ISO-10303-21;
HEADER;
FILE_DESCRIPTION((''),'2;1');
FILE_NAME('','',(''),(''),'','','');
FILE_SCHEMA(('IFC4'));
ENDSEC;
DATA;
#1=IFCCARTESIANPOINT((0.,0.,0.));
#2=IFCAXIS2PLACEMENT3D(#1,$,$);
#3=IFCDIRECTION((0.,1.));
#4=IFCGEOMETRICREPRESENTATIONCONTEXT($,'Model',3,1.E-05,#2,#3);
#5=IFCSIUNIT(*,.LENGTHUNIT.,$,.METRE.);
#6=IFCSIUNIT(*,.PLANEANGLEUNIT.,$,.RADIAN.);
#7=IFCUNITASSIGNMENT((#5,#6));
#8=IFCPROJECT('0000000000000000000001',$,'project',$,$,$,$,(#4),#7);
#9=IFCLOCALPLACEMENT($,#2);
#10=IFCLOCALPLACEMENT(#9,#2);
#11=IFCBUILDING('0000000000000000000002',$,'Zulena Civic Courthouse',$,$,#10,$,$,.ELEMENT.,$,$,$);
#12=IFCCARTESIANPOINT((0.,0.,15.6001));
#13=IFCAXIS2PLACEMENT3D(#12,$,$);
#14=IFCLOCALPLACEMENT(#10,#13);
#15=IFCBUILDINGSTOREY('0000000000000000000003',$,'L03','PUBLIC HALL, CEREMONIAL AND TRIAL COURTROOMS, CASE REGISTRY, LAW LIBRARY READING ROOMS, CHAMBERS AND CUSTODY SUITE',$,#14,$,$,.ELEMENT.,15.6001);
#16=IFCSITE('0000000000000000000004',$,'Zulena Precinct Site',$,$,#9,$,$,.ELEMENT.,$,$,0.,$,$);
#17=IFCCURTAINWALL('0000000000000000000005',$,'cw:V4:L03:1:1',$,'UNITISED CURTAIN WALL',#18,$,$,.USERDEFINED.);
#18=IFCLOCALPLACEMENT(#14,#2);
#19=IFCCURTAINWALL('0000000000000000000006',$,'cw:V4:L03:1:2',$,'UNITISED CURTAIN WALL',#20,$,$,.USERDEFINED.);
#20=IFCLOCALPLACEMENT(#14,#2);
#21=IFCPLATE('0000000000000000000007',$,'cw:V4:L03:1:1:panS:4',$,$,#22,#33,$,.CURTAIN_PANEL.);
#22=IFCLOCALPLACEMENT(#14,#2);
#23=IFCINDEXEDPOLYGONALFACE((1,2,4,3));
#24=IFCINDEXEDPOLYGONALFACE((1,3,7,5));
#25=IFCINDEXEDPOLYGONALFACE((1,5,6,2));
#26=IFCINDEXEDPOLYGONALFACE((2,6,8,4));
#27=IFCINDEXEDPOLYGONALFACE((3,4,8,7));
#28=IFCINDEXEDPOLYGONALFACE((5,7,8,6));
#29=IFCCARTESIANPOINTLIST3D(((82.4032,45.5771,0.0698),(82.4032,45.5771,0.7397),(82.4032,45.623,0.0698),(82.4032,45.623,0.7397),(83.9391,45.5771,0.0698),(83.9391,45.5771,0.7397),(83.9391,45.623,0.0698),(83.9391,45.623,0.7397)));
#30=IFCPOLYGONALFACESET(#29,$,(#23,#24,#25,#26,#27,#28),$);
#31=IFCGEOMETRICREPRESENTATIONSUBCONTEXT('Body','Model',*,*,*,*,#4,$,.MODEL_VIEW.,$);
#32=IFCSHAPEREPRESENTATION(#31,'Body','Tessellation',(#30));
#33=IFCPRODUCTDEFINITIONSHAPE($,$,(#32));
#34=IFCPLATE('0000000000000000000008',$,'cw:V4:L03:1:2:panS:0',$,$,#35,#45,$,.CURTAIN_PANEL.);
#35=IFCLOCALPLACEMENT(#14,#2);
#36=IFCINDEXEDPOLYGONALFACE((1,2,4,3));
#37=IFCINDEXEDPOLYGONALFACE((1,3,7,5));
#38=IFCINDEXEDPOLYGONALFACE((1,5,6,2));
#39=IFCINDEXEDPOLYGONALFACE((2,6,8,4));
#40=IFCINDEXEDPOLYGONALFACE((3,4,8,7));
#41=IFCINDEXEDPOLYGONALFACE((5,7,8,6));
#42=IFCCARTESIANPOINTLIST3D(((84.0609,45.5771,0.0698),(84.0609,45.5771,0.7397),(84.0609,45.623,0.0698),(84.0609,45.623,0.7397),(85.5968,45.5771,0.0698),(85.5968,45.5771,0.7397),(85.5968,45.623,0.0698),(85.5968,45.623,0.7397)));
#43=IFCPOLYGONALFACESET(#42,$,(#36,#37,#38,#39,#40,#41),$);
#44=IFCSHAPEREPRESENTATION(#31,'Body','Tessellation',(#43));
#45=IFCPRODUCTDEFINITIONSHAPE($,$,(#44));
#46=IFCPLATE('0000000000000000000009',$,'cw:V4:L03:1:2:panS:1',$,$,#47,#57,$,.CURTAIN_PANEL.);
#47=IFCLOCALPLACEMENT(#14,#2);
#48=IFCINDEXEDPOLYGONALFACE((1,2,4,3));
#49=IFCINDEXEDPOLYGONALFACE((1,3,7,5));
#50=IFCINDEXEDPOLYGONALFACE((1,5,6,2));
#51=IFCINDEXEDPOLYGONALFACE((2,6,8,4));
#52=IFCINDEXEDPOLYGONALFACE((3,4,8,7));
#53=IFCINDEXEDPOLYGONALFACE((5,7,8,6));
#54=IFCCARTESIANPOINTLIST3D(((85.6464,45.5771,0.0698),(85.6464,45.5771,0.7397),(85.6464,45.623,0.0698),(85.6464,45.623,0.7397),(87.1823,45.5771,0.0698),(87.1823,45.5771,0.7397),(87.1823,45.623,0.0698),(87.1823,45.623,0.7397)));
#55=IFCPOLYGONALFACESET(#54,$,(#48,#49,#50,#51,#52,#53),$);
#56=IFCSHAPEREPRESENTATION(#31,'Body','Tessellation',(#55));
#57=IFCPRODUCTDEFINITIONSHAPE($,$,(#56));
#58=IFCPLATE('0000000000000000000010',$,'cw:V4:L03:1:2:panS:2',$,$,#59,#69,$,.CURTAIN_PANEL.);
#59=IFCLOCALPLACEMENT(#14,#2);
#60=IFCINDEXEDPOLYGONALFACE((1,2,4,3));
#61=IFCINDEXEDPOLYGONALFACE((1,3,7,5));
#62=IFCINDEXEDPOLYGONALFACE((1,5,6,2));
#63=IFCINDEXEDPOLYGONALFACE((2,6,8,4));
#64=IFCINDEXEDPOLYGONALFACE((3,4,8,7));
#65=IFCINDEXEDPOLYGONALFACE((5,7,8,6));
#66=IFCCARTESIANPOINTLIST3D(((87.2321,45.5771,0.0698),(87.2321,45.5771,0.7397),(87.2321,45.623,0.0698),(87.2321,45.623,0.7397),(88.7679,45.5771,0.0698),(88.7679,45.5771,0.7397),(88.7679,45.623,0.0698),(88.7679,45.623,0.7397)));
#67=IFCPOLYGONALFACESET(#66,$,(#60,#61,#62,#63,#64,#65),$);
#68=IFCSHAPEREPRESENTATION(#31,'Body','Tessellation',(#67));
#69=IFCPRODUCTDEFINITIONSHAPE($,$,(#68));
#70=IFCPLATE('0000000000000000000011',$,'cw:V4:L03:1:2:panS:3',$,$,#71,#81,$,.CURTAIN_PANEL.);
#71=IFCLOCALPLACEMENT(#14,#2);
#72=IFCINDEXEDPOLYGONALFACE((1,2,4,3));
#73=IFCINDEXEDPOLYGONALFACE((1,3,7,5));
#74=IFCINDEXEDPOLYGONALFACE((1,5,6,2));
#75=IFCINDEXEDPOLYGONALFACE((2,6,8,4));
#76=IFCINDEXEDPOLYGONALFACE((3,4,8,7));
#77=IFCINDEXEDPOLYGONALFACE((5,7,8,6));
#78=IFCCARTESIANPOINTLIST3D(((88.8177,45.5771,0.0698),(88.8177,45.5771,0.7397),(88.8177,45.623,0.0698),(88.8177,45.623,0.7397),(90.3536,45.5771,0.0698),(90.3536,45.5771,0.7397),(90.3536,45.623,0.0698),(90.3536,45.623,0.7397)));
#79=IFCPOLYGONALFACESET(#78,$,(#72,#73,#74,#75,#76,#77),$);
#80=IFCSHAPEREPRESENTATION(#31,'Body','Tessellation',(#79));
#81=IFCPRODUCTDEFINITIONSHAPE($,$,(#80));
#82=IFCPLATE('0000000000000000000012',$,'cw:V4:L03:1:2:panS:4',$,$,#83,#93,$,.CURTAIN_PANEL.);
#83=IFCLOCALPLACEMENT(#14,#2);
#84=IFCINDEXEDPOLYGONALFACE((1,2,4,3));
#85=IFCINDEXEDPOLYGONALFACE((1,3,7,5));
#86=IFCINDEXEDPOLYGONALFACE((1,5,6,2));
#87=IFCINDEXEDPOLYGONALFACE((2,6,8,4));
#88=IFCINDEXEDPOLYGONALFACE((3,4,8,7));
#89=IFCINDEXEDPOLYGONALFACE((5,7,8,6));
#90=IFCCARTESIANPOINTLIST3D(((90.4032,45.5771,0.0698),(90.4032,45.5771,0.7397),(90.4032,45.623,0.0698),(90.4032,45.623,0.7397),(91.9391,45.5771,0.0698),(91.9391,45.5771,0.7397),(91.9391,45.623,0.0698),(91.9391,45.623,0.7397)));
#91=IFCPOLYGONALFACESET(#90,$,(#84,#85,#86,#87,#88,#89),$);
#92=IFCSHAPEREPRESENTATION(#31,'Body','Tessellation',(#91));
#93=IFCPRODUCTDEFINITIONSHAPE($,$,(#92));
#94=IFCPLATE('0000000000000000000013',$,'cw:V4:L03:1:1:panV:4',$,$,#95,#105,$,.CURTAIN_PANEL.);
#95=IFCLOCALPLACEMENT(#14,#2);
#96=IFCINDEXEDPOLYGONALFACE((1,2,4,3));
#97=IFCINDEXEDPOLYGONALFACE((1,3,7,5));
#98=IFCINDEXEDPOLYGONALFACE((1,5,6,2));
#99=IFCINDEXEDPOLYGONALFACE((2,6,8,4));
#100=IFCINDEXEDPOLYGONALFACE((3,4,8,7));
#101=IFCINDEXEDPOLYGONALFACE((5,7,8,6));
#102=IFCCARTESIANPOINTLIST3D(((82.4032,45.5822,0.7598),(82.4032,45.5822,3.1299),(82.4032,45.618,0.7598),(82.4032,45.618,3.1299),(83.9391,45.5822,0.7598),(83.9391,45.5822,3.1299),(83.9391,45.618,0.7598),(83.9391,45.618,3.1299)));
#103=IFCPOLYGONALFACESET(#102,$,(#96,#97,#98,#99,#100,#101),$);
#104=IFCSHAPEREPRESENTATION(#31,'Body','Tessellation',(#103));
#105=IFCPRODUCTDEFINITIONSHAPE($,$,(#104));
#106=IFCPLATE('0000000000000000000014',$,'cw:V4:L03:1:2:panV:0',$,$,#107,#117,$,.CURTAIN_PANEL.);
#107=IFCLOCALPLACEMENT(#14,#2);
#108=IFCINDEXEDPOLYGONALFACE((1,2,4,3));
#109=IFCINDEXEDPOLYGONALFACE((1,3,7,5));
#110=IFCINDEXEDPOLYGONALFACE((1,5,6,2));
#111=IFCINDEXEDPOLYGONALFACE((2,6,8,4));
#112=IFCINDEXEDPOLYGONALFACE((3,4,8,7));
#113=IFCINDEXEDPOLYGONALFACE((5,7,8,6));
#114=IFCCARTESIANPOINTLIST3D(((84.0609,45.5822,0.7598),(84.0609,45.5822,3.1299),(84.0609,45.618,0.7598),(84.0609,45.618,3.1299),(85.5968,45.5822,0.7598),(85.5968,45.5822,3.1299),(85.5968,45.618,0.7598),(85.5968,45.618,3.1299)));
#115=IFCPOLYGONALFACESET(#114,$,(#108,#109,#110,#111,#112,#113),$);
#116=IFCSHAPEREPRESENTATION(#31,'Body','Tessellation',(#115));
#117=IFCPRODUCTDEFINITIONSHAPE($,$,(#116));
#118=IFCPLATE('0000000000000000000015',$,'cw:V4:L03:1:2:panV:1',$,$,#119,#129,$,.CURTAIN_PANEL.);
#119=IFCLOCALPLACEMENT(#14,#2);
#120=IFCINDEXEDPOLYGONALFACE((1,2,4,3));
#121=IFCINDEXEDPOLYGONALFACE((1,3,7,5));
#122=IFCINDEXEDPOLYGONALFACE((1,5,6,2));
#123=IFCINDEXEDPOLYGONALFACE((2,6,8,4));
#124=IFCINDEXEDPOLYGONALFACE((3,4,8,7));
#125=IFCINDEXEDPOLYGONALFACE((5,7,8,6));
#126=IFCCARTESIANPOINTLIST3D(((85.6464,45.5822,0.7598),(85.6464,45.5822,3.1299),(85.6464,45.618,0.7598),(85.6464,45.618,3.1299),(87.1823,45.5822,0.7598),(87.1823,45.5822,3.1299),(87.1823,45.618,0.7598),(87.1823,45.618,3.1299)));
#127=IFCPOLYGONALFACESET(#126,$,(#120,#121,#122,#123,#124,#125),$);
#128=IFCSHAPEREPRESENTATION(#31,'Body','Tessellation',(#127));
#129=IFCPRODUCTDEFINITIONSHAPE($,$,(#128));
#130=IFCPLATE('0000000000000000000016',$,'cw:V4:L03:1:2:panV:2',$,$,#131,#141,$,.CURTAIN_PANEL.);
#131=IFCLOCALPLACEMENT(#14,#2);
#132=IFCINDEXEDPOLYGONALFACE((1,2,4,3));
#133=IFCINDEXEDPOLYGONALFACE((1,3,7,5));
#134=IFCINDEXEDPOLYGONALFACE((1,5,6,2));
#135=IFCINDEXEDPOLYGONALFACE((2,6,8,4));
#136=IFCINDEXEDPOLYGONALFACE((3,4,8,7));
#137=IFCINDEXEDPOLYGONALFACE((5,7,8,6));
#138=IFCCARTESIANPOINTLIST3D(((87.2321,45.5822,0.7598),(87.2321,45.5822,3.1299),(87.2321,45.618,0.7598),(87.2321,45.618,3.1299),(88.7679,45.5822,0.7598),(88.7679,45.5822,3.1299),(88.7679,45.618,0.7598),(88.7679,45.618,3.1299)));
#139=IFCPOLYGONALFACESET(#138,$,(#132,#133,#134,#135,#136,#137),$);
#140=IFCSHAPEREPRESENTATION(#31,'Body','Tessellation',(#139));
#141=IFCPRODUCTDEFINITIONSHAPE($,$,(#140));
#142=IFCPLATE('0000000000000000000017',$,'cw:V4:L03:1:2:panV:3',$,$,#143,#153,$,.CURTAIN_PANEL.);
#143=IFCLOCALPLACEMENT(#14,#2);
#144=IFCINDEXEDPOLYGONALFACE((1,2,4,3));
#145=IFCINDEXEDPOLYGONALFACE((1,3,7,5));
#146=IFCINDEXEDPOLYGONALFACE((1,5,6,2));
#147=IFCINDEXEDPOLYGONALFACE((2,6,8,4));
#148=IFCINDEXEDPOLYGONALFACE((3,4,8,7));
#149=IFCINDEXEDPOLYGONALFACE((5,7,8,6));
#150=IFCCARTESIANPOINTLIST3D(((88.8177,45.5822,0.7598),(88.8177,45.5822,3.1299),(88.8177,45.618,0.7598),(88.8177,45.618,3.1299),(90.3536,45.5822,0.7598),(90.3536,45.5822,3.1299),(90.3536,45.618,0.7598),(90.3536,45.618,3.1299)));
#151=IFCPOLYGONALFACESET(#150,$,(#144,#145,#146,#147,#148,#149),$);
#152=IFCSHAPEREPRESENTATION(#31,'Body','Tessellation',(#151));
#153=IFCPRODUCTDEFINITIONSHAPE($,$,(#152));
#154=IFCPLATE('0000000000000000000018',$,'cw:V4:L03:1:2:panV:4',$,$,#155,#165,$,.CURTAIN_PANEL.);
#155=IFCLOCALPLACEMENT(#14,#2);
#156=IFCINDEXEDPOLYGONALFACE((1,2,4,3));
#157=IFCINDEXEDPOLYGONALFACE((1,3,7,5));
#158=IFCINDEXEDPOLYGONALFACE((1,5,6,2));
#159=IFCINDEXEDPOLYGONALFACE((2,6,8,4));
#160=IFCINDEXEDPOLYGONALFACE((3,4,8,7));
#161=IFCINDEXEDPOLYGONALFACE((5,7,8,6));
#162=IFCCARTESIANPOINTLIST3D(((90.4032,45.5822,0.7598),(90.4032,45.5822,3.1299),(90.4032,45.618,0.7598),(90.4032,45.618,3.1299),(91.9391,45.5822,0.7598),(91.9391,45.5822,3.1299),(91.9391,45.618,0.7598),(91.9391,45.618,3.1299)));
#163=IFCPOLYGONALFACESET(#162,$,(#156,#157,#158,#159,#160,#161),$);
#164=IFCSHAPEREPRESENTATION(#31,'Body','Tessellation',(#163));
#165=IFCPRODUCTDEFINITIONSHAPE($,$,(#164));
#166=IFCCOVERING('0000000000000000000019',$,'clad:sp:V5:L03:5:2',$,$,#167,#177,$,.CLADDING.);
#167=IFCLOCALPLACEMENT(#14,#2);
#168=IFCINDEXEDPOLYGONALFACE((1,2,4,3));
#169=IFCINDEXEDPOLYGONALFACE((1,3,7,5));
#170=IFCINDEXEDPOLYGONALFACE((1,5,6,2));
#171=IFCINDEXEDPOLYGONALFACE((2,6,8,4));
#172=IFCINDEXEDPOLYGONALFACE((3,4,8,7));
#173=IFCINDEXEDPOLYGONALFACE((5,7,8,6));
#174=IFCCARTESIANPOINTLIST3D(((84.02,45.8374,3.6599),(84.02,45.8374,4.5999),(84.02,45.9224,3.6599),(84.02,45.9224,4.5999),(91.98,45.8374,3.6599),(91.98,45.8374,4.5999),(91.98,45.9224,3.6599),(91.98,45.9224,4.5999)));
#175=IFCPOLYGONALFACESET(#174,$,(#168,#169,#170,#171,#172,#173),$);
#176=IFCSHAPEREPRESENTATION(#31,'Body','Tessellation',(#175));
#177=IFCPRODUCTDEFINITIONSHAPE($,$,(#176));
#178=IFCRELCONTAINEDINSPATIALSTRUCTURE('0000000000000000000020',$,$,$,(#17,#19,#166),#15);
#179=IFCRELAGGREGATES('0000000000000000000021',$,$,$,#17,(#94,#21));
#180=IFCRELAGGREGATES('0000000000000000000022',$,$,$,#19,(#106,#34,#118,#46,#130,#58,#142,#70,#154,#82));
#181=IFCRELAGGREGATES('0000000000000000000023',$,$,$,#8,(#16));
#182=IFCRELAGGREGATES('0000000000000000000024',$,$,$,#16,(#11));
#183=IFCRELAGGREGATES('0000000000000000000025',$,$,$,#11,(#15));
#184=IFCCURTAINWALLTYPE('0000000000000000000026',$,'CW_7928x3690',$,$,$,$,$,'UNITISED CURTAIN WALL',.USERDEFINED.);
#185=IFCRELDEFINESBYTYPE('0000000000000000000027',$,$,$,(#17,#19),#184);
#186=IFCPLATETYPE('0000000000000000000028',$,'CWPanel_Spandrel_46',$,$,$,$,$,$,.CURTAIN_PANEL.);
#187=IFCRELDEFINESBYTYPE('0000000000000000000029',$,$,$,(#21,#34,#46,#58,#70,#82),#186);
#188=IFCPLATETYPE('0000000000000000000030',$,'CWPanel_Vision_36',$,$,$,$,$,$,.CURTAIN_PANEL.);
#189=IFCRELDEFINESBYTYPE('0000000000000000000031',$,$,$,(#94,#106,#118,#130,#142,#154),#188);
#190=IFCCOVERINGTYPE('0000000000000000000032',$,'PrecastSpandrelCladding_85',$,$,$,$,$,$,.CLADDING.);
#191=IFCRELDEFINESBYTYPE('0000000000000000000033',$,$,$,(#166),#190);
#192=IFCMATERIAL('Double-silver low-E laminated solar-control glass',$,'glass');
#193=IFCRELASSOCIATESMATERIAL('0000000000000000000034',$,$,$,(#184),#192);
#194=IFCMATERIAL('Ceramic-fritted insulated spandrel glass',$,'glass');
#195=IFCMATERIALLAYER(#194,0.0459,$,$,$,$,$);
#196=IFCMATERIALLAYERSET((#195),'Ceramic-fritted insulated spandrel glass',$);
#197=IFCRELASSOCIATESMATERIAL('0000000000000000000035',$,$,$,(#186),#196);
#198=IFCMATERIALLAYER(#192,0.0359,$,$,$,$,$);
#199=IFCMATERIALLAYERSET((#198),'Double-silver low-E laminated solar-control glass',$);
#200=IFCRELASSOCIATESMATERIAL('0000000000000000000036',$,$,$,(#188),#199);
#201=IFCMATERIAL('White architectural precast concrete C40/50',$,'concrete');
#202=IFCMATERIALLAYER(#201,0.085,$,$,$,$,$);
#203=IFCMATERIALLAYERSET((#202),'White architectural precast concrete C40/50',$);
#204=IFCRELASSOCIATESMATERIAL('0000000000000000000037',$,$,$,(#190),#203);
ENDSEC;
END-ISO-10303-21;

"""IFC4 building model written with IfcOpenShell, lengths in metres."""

from ifc_helpers import new_model, si_unit, direction, frame, origin, origin_2d, place, context, subcontext, project, spatial, rectangle, extrude, material, layer, layer_set, type_object, element, aggregate, save


model = new_model("IFC4")

# Units and contexts
model_context = context("Model", 3, precision=1e-05, world=origin(), true_north=direction((0.0, 1.0)))
body_context = subcontext(model_context, "Body", "Model", "MODEL_VIEW")
ifc_project = project(units=[si_unit("LENGTHUNIT", "METRE"), si_unit("PLANEANGLEUNIT", "RADIAN")], contexts=[model_context])

# Site, building, storey
site_placement = place(None, origin())
site = spatial("IfcSite", under=ifc_project, at=site_placement, Name="Zulena Precinct Site", CompositionType="ELEMENT", RefElevation=0.0)
building_placement = place(site_placement, origin())
building = spatial("IfcBuilding", under=site, at=building_placement, Name="Zulena Civic Courthouse", CompositionType="ELEMENT")
storey_placement = place(building_placement, frame((0.0, 0.0, 15.6001)))
storey = spatial("IfcBuildingStorey", under=building, at=storey_placement, Name="L03", Description="PUBLIC HALL, CEREMONIAL AND TRIAL COURTROOMS, CASE REGISTRY, LAW LIBRARY READING ROOMS, CHAMBERS AND CUSTODY SUITE", CompositionType="ELEMENT", Elevation=15.6001)

# Curtain wall
ifc_material_1 = material(Name="Double-silver low-E laminated solar-control glass", Category="glass")
curtain_wall_type = type_object("IfcCurtainWallType", Name="CW_7928x3690", ElementType="UNITISED CURTAIN WALL", PredefinedType="USERDEFINED", material=ifc_material_1)
curtain_wall_1_placement = place(storey_placement, origin())
curtain_wall_1 = element("IfcCurtainWall", 1, at=curtain_wall_1_placement, inside=storey, type_object=curtain_wall_type, Name="cw:V4:L03:1:1", ObjectType="UNITISED CURTAIN WALL", PredefinedType="USERDEFINED")

# Curtain wall
curtain_wall_2_placement = place(storey_placement, origin())
curtain_wall_2 = element("IfcCurtainWall", 2, at=curtain_wall_2_placement, inside=storey, type_object=curtain_wall_type, Name="cw:V4:L03:1:2", ObjectType="UNITISED CURTAIN WALL", PredefinedType="USERDEFINED")

# Plates
ifc_material_2 = material(Name="Ceramic-fritted insulated spandrel glass", Category="glass")
ifc_layer_1 = layer(ifc_material_2, 0.0459)
ifc_layer_set_1 = layer_set([ifc_layer_1], Name="Ceramic-fritted insulated spandrel glass")
plate_type_1 = type_object("IfcPlateType", Name="CWPanel_Spandrel_46", PredefinedType="CURTAIN_PANEL", material=ifc_layer_set_1)
plate_1_placement = place(storey_placement, frame((83.1711, 45.6001, 0.0698), z_axis=(0.0, 0.0, 1.0), x_axis=(1.0, 0.0, 0.0)))
plate_1 = element("IfcPlate", 3, at=plate_1_placement, type_object=plate_type_1, Name="cw:V4:L03:1:1:panS:4", PredefinedType="CURTAIN_PANEL", context=body_context, shape_type="SweptSolid", body=[
    extrude(rectangle(XDim=1.5359, YDim=0.0459, at=origin_2d()), origin(), (0.0, 0.0, 1.0), 0.6699),
])
plate_2_placement = place(storey_placement, frame((84.8289, 45.6001, 0.0698), z_axis=(0.0, 0.0, 1.0), x_axis=(1.0, 0.0, 0.0)))
plate_2 = element("IfcPlate", 4, at=plate_2_placement, type_object=plate_type_1, Name="cw:V4:L03:1:2:panS:0", PredefinedType="CURTAIN_PANEL", context=body_context, shape_type="SweptSolid", body=[
    extrude(rectangle(XDim=1.5359, YDim=0.0459, at=origin_2d()), origin(), (0.0, 0.0, 1.0), 0.6699),
])
plate_3_placement = place(storey_placement, frame((86.4143, 45.6001, 0.0698), z_axis=(0.0, 0.0, 1.0), x_axis=(1.0, 0.0, 0.0)))
plate_3 = element("IfcPlate", 5, at=plate_3_placement, type_object=plate_type_1, Name="cw:V4:L03:1:2:panS:1", PredefinedType="CURTAIN_PANEL", context=body_context, shape_type="SweptSolid", body=[
    extrude(rectangle(XDim=1.5359, YDim=0.0459, at=origin_2d()), origin(), (0.0, 0.0, 1.0), 0.6699),
])
plate_4_placement = place(storey_placement, frame((88.0, 45.6001, 0.0698), z_axis=(0.0, 0.0, 1.0), x_axis=(1.0, 0.0, 0.0)))
plate_4 = element("IfcPlate", 6, at=plate_4_placement, type_object=plate_type_1, Name="cw:V4:L03:1:2:panS:2", PredefinedType="CURTAIN_PANEL", context=body_context, shape_type="SweptSolid", body=[
    extrude(rectangle(XDim=1.5359, YDim=0.0459, at=origin_2d()), origin(), (0.0, 0.0, 1.0), 0.6699),
])
plate_5_placement = place(storey_placement, frame((89.5857, 45.6001, 0.0698), z_axis=(0.0, 0.0, 1.0), x_axis=(1.0, 0.0, 0.0)))
plate_5 = element("IfcPlate", 7, at=plate_5_placement, type_object=plate_type_1, Name="cw:V4:L03:1:2:panS:3", PredefinedType="CURTAIN_PANEL", context=body_context, shape_type="SweptSolid", body=[
    extrude(rectangle(XDim=1.5359, YDim=0.0459, at=origin_2d()), origin(), (0.0, 0.0, 1.0), 0.6699),
])
plate_6_placement = place(storey_placement, frame((91.1711, 45.6001, 0.0698), z_axis=(0.0, 0.0, 1.0), x_axis=(1.0, 0.0, 0.0)))
plate_6 = element("IfcPlate", 8, at=plate_6_placement, type_object=plate_type_1, Name="cw:V4:L03:1:2:panS:4", PredefinedType="CURTAIN_PANEL", context=body_context, shape_type="SweptSolid", body=[
    extrude(rectangle(XDim=1.5359, YDim=0.0459, at=origin_2d()), origin(), (0.0, 0.0, 1.0), 0.6699),
])
ifc_layer_2 = layer(ifc_material_1, 0.0359)
ifc_layer_set_2 = layer_set([ifc_layer_2], Name="Double-silver low-E laminated solar-control glass")
plate_type_2 = type_object("IfcPlateType", Name="CWPanel_Vision_36", PredefinedType="CURTAIN_PANEL", material=ifc_layer_set_2)
plate_7_placement = place(storey_placement, frame((83.1711, 45.6001, 0.7598), z_axis=(0.0, 0.0, 1.0), x_axis=(1.0, 0.0, 0.0)))
plate_7 = element("IfcPlate", 9, at=plate_7_placement, type_object=plate_type_2, Name="cw:V4:L03:1:1:panV:4", PredefinedType="CURTAIN_PANEL", context=body_context, shape_type="SweptSolid", body=[
    extrude(rectangle(XDim=1.5359, YDim=0.0359, at=origin_2d()), origin(), (0.0, 0.0, 1.0), 2.3701),
])
aggregate(curtain_wall_1, [plate_7, plate_1])
plate_8_placement = place(storey_placement, frame((84.8289, 45.6001, 0.7598), z_axis=(0.0, 0.0, 1.0), x_axis=(1.0, 0.0, 0.0)))
plate_8 = element("IfcPlate", 10, at=plate_8_placement, type_object=plate_type_2, Name="cw:V4:L03:1:2:panV:0", PredefinedType="CURTAIN_PANEL", context=body_context, shape_type="SweptSolid", body=[
    extrude(rectangle(XDim=1.5359, YDim=0.0359, at=origin_2d()), origin(), (0.0, 0.0, 1.0), 2.3701),
])
plate_9_placement = place(storey_placement, frame((86.4143, 45.6001, 0.7598), z_axis=(0.0, 0.0, 1.0), x_axis=(1.0, 0.0, 0.0)))
plate_9 = element("IfcPlate", 11, at=plate_9_placement, type_object=plate_type_2, Name="cw:V4:L03:1:2:panV:1", PredefinedType="CURTAIN_PANEL", context=body_context, shape_type="SweptSolid", body=[
    extrude(rectangle(XDim=1.5359, YDim=0.0359, at=origin_2d()), origin(), (0.0, 0.0, 1.0), 2.3701),
])
plate_10_placement = place(storey_placement, frame((88.0, 45.6001, 0.7598), z_axis=(0.0, 0.0, 1.0), x_axis=(1.0, 0.0, 0.0)))
plate_10 = element("IfcPlate", 12, at=plate_10_placement, type_object=plate_type_2, Name="cw:V4:L03:1:2:panV:2", PredefinedType="CURTAIN_PANEL", context=body_context, shape_type="SweptSolid", body=[
    extrude(rectangle(XDim=1.5359, YDim=0.0359, at=origin_2d()), origin(), (0.0, 0.0, 1.0), 2.3701),
])
plate_11_placement = place(storey_placement, frame((89.5857, 45.6001, 0.7598), z_axis=(0.0, 0.0, 1.0), x_axis=(1.0, 0.0, 0.0)))
plate_11 = element("IfcPlate", 13, at=plate_11_placement, type_object=plate_type_2, Name="cw:V4:L03:1:2:panV:3", PredefinedType="CURTAIN_PANEL", context=body_context, shape_type="SweptSolid", body=[
    extrude(rectangle(XDim=1.5359, YDim=0.0359, at=origin_2d()), origin(), (0.0, 0.0, 1.0), 2.3701),
])
plate_12_placement = place(storey_placement, frame((91.1711, 45.6001, 0.7598), z_axis=(0.0, 0.0, 1.0), x_axis=(1.0, 0.0, 0.0)))
plate_12 = element("IfcPlate", 14, at=plate_12_placement, type_object=plate_type_2, Name="cw:V4:L03:1:2:panV:4", PredefinedType="CURTAIN_PANEL", context=body_context, shape_type="SweptSolid", body=[
    extrude(rectangle(XDim=1.5359, YDim=0.0359, at=origin_2d()), origin(), (0.0, 0.0, 1.0), 2.3701),
])
aggregate(curtain_wall_2, [plate_8, plate_2, plate_9, plate_3, plate_10, plate_4, plate_11, plate_5, plate_12, plate_6])

# Covering
ifc_material_3 = material(Name="White architectural precast concrete C40/50", Category="concrete")
ifc_layer_3 = layer(ifc_material_3, 0.085)
ifc_layer_set_3 = layer_set([ifc_layer_3], Name="White architectural precast concrete C40/50")
covering_type = type_object("IfcCoveringType", Name="PrecastSpandrelCladding_85", PredefinedType="CLADDING", material=ifc_layer_set_3)
covering_placement = place(storey_placement, frame((88.0, 45.8799, 3.6599), z_axis=(0.0, 0.0, 1.0), x_axis=(-1.0, 0.0, 0.0)))
element("IfcCovering", 15, at=covering_placement, inside=storey, type_object=covering_type, Name="clad:sp:V5:L03:5:2", PredefinedType="CLADDING", context=body_context, shape_type="SweptSolid", body=[
    extrude(rectangle(XDim=7.96, YDim=0.085, at=origin_2d()), origin(), (0.0, 0.0, 1.0), 0.9399),
])

save(model, "model.ifc")
